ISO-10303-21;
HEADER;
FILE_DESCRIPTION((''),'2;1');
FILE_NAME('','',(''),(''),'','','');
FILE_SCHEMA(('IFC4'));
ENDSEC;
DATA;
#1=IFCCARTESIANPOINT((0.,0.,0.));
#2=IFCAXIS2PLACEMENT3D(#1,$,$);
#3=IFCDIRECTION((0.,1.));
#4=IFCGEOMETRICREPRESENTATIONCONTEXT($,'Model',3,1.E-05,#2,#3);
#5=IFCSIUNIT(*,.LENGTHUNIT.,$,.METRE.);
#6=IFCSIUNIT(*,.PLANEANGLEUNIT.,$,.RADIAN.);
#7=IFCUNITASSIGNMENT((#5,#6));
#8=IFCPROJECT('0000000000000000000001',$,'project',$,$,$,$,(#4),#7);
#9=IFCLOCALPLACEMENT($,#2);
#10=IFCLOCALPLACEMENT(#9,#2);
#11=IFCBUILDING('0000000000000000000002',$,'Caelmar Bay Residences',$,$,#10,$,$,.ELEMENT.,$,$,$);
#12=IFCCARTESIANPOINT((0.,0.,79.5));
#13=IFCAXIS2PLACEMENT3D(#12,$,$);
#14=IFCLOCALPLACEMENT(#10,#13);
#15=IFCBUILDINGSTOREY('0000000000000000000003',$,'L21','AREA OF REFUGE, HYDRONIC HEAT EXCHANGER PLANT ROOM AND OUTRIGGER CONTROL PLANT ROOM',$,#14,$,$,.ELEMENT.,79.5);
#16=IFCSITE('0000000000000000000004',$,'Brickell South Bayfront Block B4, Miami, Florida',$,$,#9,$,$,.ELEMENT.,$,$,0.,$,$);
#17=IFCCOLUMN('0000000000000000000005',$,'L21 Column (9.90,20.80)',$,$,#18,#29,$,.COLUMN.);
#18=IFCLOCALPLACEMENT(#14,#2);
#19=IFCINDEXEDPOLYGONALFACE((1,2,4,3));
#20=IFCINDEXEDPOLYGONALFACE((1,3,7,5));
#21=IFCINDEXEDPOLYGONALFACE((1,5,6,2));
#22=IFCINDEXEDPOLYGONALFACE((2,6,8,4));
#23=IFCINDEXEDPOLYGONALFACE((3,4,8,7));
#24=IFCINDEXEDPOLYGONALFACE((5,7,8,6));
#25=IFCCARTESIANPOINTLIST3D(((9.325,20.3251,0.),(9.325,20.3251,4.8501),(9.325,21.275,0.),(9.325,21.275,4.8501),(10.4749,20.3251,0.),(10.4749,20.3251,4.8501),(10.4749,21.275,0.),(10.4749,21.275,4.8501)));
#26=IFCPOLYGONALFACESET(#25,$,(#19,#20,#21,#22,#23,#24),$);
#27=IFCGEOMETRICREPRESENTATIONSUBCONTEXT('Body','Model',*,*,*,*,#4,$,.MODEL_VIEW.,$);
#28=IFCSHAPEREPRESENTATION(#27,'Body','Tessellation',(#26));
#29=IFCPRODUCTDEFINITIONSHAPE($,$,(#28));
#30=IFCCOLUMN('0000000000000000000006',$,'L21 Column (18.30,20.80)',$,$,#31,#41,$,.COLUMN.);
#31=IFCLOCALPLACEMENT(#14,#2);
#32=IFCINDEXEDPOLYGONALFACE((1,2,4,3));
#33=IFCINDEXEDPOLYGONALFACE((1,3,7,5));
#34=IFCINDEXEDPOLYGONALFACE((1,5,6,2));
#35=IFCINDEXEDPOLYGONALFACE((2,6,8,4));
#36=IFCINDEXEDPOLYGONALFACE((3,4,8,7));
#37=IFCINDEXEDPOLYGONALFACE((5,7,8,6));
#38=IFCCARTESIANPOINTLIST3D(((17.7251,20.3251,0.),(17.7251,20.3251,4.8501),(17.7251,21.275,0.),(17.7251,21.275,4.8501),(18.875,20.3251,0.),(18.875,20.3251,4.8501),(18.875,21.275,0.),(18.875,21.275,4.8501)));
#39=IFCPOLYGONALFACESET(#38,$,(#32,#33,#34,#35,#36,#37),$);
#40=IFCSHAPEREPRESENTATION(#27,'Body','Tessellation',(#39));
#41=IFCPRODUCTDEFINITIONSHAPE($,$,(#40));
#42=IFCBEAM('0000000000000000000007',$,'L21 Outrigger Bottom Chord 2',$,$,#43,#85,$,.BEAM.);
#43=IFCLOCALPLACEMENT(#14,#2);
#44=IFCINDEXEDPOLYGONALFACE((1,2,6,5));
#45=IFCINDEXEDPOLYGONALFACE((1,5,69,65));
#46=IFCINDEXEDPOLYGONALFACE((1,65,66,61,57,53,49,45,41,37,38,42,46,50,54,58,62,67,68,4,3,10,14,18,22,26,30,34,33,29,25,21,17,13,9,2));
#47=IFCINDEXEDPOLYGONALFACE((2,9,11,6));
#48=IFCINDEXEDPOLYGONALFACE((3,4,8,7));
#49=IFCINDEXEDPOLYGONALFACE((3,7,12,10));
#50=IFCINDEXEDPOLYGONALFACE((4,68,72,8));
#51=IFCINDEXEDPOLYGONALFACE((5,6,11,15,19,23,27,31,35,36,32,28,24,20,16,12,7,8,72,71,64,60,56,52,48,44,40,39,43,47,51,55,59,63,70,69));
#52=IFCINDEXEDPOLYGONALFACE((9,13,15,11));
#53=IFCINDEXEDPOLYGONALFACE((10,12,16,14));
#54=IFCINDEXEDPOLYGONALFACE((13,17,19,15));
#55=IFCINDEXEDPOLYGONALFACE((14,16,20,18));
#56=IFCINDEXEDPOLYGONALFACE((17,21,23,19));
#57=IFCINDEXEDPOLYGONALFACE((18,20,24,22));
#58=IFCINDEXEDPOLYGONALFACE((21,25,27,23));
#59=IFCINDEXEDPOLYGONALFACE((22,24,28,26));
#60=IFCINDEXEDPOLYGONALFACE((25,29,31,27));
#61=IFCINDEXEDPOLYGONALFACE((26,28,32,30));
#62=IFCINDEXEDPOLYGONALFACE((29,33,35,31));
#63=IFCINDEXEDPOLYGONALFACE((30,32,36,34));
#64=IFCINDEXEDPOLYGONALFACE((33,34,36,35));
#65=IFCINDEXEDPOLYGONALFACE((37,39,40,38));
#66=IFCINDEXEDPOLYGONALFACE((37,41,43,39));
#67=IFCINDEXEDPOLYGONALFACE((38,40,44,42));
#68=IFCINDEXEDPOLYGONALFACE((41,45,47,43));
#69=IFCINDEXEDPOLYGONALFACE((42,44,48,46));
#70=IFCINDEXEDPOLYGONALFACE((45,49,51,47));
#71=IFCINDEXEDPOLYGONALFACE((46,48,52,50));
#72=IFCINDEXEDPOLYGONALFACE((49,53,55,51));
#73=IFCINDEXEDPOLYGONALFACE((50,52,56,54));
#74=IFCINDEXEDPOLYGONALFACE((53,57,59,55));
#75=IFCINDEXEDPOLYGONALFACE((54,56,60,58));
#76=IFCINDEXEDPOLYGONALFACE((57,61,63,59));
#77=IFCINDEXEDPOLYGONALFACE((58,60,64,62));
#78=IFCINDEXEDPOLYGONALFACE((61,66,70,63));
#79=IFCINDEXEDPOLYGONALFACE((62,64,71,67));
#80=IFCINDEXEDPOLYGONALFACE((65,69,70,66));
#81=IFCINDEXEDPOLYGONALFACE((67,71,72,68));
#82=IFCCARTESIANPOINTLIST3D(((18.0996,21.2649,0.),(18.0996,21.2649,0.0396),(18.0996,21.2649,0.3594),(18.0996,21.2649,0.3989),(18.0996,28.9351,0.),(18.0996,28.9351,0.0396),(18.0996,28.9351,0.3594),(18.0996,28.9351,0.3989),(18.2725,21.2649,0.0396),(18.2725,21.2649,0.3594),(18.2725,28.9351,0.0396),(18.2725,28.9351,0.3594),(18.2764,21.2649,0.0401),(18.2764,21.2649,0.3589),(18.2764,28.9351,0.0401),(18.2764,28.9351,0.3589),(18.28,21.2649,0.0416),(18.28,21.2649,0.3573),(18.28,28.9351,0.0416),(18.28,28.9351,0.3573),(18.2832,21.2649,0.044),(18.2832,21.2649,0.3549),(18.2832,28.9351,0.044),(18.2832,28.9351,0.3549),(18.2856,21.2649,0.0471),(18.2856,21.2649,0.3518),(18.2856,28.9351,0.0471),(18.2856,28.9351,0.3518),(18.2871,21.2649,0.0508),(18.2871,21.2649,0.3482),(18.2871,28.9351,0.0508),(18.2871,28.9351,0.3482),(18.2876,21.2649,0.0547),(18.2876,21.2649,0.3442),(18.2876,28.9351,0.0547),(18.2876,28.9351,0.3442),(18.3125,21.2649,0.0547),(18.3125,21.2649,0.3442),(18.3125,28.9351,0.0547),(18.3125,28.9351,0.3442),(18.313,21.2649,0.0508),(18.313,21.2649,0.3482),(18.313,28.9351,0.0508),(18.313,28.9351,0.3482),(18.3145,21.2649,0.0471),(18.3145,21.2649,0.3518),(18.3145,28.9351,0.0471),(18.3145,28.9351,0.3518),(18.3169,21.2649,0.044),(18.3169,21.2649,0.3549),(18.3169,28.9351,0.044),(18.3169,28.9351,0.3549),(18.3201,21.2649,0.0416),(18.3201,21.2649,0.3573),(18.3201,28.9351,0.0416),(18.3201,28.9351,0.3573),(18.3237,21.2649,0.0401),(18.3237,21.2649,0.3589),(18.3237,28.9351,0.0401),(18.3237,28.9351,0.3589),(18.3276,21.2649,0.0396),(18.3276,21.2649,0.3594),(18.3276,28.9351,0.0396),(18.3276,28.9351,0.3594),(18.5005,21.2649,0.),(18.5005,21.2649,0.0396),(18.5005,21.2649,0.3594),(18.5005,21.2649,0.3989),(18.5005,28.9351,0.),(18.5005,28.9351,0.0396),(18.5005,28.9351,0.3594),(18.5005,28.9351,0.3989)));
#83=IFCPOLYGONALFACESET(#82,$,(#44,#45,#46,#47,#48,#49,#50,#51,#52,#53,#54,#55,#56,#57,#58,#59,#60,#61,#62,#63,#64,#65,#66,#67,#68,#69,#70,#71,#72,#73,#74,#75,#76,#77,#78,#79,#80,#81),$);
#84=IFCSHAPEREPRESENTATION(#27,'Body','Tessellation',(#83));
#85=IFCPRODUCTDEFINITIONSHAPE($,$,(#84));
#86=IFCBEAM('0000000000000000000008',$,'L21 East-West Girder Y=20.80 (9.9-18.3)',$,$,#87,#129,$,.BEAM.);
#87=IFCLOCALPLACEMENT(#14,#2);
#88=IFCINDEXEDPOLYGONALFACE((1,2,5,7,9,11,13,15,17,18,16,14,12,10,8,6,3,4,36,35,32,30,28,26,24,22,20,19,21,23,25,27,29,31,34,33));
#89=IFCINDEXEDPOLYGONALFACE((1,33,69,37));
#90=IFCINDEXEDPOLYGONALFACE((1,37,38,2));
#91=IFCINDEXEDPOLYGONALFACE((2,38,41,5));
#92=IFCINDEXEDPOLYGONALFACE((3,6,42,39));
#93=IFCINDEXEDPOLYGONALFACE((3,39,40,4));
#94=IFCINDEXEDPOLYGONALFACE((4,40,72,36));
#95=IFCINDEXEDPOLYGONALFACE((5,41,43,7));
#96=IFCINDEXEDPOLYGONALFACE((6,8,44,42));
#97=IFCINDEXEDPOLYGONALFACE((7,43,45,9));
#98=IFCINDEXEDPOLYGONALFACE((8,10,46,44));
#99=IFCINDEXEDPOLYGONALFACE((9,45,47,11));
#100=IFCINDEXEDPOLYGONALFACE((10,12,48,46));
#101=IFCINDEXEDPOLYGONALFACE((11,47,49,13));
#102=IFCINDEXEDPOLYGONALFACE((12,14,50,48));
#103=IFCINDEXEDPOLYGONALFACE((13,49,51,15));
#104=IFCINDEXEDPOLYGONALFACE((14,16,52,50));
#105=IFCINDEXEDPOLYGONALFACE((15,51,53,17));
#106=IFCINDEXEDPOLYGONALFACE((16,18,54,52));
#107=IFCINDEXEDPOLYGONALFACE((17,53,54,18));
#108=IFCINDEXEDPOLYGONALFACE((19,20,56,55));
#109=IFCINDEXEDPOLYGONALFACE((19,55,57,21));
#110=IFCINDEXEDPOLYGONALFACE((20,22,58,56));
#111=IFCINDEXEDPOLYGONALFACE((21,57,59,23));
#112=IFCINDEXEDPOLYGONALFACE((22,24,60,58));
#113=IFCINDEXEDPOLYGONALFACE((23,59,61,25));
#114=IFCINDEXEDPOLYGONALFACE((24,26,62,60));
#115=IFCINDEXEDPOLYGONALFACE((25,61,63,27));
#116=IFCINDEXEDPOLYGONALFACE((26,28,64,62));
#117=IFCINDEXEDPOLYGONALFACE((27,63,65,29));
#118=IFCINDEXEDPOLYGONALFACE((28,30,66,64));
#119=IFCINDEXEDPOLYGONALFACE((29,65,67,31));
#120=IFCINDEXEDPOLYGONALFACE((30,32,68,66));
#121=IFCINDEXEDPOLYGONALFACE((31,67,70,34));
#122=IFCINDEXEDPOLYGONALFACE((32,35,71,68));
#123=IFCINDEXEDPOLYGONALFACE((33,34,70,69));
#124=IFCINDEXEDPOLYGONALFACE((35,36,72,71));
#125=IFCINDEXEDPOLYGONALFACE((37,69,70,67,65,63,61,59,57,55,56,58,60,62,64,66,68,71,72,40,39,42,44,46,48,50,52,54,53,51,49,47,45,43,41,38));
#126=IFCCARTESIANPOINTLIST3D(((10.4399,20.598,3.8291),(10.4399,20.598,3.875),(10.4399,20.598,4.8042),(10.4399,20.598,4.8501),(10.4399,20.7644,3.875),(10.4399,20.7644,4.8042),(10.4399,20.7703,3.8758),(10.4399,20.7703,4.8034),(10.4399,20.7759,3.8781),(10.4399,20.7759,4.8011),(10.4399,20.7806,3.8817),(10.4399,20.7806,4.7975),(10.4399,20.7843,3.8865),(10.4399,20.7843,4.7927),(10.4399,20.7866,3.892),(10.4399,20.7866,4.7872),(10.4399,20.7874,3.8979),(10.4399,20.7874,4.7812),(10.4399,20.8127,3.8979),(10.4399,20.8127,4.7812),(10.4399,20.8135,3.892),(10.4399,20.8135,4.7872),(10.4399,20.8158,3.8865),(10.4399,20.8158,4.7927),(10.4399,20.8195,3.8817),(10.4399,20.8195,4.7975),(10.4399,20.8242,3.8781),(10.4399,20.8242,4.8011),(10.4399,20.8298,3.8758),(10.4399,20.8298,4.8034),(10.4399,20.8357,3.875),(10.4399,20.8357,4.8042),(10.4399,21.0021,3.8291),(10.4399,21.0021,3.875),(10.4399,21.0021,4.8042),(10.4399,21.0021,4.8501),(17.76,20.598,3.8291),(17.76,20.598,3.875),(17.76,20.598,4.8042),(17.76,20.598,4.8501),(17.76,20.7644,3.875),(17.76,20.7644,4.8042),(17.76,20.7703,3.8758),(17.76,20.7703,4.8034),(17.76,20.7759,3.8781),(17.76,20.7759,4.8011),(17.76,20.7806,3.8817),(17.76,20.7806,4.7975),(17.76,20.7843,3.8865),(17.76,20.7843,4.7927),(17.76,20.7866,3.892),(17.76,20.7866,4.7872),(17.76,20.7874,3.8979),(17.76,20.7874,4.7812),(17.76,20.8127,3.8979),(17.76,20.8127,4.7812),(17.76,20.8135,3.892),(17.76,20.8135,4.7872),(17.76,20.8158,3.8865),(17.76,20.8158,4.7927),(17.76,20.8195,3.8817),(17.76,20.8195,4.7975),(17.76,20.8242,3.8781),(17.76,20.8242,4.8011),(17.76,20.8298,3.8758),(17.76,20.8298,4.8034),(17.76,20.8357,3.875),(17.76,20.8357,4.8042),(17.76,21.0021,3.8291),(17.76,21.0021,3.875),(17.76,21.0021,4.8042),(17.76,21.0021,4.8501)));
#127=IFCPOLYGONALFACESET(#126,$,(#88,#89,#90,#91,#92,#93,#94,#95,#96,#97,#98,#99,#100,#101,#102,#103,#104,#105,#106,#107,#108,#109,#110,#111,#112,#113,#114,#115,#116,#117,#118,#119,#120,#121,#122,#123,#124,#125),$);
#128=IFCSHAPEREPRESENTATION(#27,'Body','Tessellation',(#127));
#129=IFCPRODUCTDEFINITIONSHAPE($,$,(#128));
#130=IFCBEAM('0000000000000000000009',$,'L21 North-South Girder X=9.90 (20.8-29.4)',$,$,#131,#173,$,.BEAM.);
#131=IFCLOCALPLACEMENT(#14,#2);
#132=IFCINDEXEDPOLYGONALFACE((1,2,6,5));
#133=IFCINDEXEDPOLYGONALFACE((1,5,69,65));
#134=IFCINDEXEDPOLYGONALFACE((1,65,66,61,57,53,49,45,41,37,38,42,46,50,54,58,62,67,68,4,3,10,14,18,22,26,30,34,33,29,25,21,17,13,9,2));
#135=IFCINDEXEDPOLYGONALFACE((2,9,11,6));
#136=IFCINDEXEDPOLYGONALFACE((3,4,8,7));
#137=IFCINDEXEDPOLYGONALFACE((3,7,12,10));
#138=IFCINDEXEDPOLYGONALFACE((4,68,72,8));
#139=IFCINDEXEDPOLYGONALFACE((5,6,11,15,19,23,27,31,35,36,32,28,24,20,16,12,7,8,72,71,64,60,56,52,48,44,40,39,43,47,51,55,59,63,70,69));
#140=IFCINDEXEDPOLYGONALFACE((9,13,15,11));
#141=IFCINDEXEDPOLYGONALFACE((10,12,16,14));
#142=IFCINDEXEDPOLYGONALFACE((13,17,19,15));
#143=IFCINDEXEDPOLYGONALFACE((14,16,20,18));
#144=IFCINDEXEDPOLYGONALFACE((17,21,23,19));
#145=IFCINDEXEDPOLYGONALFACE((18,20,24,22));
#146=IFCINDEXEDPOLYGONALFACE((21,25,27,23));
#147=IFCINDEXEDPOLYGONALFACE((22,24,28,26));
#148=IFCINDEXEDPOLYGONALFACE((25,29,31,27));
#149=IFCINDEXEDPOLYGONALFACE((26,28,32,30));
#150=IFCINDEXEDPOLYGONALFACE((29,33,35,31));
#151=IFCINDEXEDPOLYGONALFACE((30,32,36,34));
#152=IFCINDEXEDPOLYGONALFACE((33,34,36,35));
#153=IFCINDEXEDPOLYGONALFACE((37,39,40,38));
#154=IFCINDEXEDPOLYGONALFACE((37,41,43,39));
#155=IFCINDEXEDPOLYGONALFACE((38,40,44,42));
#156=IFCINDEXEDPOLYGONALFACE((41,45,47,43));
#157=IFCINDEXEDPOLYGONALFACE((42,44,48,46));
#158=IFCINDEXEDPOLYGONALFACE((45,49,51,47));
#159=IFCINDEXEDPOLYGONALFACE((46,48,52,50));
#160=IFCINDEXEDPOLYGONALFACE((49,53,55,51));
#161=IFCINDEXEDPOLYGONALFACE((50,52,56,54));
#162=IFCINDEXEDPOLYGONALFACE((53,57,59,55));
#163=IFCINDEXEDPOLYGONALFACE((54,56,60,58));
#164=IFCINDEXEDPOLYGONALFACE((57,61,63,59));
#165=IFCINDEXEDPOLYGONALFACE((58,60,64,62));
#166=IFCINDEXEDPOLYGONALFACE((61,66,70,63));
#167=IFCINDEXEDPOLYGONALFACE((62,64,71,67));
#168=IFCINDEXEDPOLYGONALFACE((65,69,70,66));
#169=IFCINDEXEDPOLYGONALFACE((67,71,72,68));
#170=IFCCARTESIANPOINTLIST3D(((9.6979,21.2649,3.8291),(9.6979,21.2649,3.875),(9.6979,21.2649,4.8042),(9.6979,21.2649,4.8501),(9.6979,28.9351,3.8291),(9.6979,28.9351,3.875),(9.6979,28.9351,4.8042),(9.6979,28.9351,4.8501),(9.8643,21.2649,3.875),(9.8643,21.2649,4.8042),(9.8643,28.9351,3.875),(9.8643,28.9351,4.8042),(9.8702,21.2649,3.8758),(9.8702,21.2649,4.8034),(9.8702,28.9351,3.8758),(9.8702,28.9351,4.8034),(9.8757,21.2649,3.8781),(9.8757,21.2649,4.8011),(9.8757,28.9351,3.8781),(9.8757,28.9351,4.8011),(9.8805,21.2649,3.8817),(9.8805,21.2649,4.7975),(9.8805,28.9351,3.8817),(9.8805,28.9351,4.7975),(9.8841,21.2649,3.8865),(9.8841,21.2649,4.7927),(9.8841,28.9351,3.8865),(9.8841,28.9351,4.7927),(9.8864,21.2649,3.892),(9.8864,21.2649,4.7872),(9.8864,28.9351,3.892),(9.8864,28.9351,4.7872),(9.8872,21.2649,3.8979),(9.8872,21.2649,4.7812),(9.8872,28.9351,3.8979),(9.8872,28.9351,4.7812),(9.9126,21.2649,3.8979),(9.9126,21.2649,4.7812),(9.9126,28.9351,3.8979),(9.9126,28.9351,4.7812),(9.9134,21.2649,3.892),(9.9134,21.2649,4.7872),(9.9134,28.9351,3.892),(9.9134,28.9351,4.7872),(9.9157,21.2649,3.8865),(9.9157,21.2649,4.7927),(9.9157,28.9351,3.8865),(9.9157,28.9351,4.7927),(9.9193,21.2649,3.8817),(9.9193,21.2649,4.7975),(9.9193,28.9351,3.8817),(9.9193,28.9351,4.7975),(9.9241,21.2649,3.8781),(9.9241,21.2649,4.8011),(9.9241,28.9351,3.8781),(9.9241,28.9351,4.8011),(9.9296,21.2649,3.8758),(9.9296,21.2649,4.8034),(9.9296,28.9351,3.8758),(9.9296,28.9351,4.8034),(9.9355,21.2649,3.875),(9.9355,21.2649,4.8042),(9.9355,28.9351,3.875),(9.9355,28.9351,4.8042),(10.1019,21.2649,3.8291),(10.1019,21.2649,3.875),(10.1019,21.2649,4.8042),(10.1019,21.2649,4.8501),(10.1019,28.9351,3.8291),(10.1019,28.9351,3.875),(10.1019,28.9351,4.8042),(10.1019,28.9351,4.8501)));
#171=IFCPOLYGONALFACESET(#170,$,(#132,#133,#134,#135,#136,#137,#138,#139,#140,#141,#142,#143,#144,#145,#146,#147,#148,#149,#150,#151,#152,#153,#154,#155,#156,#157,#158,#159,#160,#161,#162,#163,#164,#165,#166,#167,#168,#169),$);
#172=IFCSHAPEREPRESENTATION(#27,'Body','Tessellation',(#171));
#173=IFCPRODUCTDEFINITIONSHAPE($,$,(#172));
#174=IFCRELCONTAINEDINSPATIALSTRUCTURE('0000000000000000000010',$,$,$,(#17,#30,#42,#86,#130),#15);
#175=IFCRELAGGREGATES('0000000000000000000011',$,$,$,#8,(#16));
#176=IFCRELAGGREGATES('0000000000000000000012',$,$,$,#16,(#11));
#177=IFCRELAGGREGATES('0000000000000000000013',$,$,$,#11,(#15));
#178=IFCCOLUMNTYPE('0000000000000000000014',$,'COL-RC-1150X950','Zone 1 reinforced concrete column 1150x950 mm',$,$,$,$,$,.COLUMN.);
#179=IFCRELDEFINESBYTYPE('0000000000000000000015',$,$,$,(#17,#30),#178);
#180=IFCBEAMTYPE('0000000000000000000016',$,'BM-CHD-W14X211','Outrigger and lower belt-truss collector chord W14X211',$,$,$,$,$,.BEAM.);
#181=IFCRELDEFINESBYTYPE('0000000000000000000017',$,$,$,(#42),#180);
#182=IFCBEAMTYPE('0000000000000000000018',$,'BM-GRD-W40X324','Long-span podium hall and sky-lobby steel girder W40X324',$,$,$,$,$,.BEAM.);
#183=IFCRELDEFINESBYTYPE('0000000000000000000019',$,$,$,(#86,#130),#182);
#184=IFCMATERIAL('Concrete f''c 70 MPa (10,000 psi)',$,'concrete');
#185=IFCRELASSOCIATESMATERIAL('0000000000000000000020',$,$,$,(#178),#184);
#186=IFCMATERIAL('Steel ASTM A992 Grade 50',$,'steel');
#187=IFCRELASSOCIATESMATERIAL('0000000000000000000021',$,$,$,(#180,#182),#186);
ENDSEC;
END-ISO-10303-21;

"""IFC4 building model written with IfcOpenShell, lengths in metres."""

from ifc_helpers import new_model, si_unit, direction, frame, origin, origin_2d, place, context, subcontext, project, spatial, rectangle, i_section, extrude, material, material_profile, profile_set, type_object, element, save


model = new_model("IFC4")

# Units and contexts
model_context = context("Model", 3, precision=1e-05, world=origin(), true_north=direction((0.0, 1.0)))
body_context = subcontext(model_context, "Body", "Model", "MODEL_VIEW")
ifc_project = project(units=[si_unit("LENGTHUNIT", "METRE"), si_unit("PLANEANGLEUNIT", "RADIAN")], contexts=[model_context])

# Site, building, storey
site_placement = place(None, origin())
site = spatial("IfcSite", under=ifc_project, at=site_placement, Name="Brickell South Bayfront Block B4, Miami, Florida", CompositionType="ELEMENT", RefElevation=0.0)
building_placement = place(site_placement, origin())
building = spatial("IfcBuilding", under=site, at=building_placement, Name="Caelmar Bay Residences", CompositionType="ELEMENT")
storey_placement = place(building_placement, frame((0.0, 0.0, 79.5)))
storey = spatial("IfcBuildingStorey", under=building, at=storey_placement, Name="L21", Description="AREA OF REFUGE, HYDRONIC HEAT EXCHANGER PLANT ROOM AND OUTRIGGER CONTROL PLANT ROOM", CompositionType="ELEMENT", Elevation=79.5)

# Columns
ifc_material_1 = material(Name="Concrete f'c 70 MPa (10,000 psi)", Category="concrete")
ifc_material_profile_1 = material_profile(ifc_material_1, rectangle(XDim=1.1499, YDim=0.95, at=origin_2d()), Name="RC-COL-1150X950")
ifc_profile_set_1 = profile_set([ifc_material_profile_1], Name="Concrete f'c 70 MPa (10,000 psi)")
column_type = type_object("IfcColumnType", Name="COL-RC-1150X950", Description="Zone 1 reinforced concrete column 1150x950 mm", PredefinedType="COLUMN", material=ifc_profile_set_1)
for number, where, z_axis, x_axis, name in (
    (1, (9.8999, 20.8, 0.0), (0.0, 0.0, 1.0), (1.0, 0.0, 0.0), "L21 Column (9.90,20.80)"),
    (2, (18.3, 20.8, 0.0), (0.0, 0.0, 1.0), (1.0, 0.0, 0.0), "L21 Column (18.30,20.80)"),
):
    element("IfcColumn", number, at=place(storey_placement, frame(where, z_axis=z_axis, x_axis=x_axis)), inside=storey, type_object=column_type, Name=name, PredefinedType="COLUMN", context=body_context, shape_type="SweptSolid", body=[
        extrude(rectangle(XDim=1.1499, YDim=0.95, at=origin_2d()), origin(), (0.0, 0.0, 1.0), 4.8501),
    ])

# Beams
ifc_material_2 = material(Name="Steel ASTM A992 Grade 50", Category="steel")
ifc_material_profile_2 = material_profile(ifc_material_2, i_section(OverallWidth=0.4009, OverallDepth=0.3989, WebThickness=0.0249, FlangeThickness=0.0396, FilletRadius=0.0151, at=origin_2d()), Name="W14X211")
ifc_profile_set_2 = profile_set([ifc_material_profile_2], Name="Steel ASTM A992 Grade 50")
beam_type_1 = type_object("IfcBeamType", Name="BM-CHD-W14X211", Description="Outrigger and lower belt-truss collector chord W14X211", PredefinedType="BEAM", material=ifc_profile_set_2)
beam_1_placement = place(storey_placement, frame((18.3, 21.2649, 0.1995), z_axis=(0.0, 1.0, 0.0), x_axis=(-1.0, 0.0, 0.0)))
element("IfcBeam", 3, at=beam_1_placement, inside=storey, type_object=beam_type_1, Name="L21 Outrigger Bottom Chord 2", PredefinedType="BEAM", context=body_context, shape_type="SweptSolid", body=[
    extrude(i_section(OverallWidth=0.4009, OverallDepth=0.3989, WebThickness=0.0249, FlangeThickness=0.0396, FilletRadius=0.0151, at=origin_2d()), origin(), (0.0, 0.0, 1.0), 7.6702),
])
ifc_material_profile_3 = material_profile(ifc_material_2, i_section(OverallWidth=0.4041, OverallDepth=1.021, WebThickness=0.0254, FlangeThickness=0.0459, FilletRadius=0.0229, at=origin_2d()), Name="W40X324")
ifc_profile_set_3 = profile_set([ifc_material_profile_3], Name="Steel ASTM A992 Grade 50")
beam_type_2 = type_object("IfcBeamType", Name="BM-GRD-W40X324", Description="Long-span podium hall and sky-lobby steel girder W40X324", PredefinedType="BEAM", material=ifc_profile_set_3)
beam_2_placement = place(storey_placement, frame((10.4399, 20.8, 4.3396), z_axis=(1.0, 0.0, 0.0), x_axis=(0.0, 1.0, 0.0)))
element("IfcBeam", 4, at=beam_2_placement, inside=storey, type_object=beam_type_2, Name="L21 East-West Girder Y=20.80 (9.9-18.3)", PredefinedType="BEAM", context=body_context, shape_type="SweptSolid", body=[
    extrude(i_section(OverallWidth=0.4041, OverallDepth=1.021, WebThickness=0.0254, FlangeThickness=0.0459, FilletRadius=0.0229, at=origin_2d()), origin(), (0.0, 0.0, 1.0), 7.3201),
])
for number, where, z_axis, x_axis, name in (
    (5, (9.8999, 21.2649, 4.3396), (0.0, 1.0, 0.0), (-1.0, 0.0, 0.0), "L21 North-South Girder X=9.90 (20.8-29.4)"),
):
    element("IfcBeam", number, at=place(storey_placement, frame(where, z_axis=z_axis, x_axis=x_axis)), inside=storey, type_object=beam_type_2, Name=name, PredefinedType="BEAM", context=body_context, shape_type="SweptSolid", body=[
        extrude(i_section(OverallWidth=0.4041, OverallDepth=1.021, WebThickness=0.0254, FlangeThickness=0.0459, FilletRadius=0.0229, at=origin_2d()), origin(), (0.0, 0.0, 1.0), 7.6702),
    ])

save(model, "model.ifc")
